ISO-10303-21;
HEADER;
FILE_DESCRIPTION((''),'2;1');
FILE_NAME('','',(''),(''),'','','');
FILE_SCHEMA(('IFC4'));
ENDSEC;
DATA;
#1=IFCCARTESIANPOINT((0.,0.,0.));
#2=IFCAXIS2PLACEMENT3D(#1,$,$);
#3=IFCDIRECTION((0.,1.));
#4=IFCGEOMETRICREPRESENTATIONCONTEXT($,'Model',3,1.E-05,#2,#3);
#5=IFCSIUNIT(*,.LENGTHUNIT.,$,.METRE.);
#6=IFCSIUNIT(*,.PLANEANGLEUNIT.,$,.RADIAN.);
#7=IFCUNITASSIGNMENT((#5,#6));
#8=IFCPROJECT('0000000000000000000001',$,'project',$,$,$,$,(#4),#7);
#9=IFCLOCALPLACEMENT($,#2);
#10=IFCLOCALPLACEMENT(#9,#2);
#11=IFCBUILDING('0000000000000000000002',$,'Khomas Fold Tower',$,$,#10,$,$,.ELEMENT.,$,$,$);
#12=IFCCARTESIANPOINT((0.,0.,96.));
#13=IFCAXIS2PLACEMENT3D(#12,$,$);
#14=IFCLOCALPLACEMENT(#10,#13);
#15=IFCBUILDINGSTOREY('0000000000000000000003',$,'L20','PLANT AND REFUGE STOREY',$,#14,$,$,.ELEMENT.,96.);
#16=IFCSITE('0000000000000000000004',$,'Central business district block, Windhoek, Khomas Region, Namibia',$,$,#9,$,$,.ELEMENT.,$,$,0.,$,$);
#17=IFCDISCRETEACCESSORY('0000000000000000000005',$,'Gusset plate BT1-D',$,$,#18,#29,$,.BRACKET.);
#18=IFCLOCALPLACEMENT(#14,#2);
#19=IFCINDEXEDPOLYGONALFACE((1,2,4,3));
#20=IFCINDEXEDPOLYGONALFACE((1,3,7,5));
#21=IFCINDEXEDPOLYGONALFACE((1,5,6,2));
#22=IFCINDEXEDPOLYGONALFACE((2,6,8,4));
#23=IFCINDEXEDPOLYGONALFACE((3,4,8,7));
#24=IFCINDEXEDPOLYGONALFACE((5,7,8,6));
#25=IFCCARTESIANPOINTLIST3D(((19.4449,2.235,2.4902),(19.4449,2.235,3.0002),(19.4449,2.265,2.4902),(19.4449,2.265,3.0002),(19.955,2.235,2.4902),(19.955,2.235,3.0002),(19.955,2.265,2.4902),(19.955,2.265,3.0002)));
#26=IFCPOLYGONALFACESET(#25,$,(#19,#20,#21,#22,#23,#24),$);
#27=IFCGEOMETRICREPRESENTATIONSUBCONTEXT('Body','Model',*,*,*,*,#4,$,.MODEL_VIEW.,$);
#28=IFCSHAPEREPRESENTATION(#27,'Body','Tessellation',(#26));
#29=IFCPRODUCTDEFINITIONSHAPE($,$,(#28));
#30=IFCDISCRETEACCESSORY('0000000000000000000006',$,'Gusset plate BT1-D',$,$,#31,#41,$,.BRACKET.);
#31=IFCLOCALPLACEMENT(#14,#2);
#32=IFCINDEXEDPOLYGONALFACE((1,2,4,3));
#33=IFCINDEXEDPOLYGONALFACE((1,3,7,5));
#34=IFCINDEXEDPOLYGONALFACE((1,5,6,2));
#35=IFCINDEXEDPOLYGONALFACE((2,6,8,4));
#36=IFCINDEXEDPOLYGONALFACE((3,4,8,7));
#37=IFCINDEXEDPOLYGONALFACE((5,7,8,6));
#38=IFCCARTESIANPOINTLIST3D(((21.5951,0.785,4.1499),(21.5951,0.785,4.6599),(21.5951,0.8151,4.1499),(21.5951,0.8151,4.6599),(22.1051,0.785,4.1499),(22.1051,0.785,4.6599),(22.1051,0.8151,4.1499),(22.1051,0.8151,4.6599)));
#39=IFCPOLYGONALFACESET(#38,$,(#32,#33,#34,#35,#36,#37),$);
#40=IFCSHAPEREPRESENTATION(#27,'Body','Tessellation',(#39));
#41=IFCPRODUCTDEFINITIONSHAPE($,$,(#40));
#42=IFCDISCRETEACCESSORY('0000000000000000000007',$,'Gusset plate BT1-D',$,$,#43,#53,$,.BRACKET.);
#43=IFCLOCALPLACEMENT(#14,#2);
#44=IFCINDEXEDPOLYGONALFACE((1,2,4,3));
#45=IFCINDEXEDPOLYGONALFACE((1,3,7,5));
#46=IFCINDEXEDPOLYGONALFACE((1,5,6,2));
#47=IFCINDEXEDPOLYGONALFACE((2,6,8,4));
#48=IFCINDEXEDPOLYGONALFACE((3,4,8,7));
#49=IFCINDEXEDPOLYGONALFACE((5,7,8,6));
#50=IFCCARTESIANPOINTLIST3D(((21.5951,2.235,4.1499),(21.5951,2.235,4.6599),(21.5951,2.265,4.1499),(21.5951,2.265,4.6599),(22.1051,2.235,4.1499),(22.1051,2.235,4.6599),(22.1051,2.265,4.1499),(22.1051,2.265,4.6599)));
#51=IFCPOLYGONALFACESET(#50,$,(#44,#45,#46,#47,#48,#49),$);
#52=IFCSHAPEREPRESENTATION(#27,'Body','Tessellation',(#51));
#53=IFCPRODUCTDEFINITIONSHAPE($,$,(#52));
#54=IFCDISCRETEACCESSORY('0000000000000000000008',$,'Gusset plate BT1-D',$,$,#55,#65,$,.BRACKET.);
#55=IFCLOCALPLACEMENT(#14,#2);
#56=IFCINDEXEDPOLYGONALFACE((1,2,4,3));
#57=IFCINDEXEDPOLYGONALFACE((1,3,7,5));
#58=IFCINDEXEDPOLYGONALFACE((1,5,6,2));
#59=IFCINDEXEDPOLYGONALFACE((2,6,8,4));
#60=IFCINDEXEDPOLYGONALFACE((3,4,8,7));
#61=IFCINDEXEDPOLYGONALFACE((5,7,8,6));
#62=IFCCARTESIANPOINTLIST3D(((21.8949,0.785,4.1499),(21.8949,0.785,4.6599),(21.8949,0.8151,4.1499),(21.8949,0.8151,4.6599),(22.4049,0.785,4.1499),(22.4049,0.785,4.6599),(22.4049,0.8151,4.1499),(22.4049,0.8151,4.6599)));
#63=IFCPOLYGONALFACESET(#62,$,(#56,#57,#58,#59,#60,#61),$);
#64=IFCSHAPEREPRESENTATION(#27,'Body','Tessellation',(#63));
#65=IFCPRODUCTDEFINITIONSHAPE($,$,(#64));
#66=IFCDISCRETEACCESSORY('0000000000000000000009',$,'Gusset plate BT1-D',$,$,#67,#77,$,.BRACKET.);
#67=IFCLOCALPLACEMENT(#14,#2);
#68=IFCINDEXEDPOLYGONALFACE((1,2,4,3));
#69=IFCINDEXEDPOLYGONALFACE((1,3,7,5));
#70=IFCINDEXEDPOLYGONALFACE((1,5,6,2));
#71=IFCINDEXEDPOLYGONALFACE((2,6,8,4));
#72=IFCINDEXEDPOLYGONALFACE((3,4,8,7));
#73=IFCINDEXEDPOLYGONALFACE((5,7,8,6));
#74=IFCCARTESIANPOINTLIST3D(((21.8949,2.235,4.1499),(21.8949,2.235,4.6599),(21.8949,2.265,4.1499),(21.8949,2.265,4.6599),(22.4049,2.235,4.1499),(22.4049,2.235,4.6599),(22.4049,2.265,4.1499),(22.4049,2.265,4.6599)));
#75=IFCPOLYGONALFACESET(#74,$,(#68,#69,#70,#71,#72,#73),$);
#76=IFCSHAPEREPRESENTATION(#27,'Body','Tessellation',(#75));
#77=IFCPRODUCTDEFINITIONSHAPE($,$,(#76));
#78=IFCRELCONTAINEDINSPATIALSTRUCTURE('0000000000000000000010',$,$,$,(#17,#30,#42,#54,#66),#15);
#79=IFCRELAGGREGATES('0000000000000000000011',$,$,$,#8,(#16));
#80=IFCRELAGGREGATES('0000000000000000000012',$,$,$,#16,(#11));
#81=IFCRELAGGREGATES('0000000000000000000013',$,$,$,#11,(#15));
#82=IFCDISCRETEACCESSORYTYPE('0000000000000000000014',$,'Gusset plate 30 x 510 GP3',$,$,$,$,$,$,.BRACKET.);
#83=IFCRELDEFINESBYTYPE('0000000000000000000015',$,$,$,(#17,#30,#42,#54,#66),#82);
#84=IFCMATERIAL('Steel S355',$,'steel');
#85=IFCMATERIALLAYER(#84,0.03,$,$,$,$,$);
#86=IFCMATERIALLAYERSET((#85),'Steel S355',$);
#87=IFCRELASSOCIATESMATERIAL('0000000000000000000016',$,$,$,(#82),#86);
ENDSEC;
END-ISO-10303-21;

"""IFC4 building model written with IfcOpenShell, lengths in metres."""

from ifc_helpers import new_model, si_unit, direction, frame, origin, origin_2d, place, context, subcontext, project, spatial, rectangle, extrude, source, transform, mapped, material, layer, layer_set, type_object, element, save


model = new_model("IFC4")

# Units and contexts
model_context = context("Model", 3, precision=1e-05, world=origin(), true_north=direction((0.0, 1.0)))
body_context = subcontext(model_context, "Body", "Model", "MODEL_VIEW")
ifc_project = project(units=[si_unit("LENGTHUNIT", "METRE"), si_unit("PLANEANGLEUNIT", "RADIAN")], contexts=[model_context])

# Site, building, storey
site_placement = place(None, origin())
site = spatial("IfcSite", under=ifc_project, at=site_placement, Name="Central business district block, Windhoek, Khomas Region, Namibia", CompositionType="ELEMENT", RefElevation=0.0)
building_placement = place(site_placement, origin())
building = spatial("IfcBuilding", under=site, at=building_placement, Name="Khomas Fold Tower", CompositionType="ELEMENT")
storey_placement = place(building_placement, frame((0.0, 0.0, 96.0)))
storey = spatial("IfcBuildingStorey", under=building, at=storey_placement, Name="L20", Description="PLANT AND REFUGE STOREY", CompositionType="ELEMENT", Elevation=96.0)

# Discrete accessories
ifc_material_1 = material(Name="Steel S355", Category="steel")
ifc_layer_1 = layer(ifc_material_1, 0.03)
ifc_layer_set_1 = layer_set([ifc_layer_1], Name="Steel S355")
discrete_accessory_type = type_object("IfcDiscreteAccessoryType", Name="Gusset plate 30 x 510 GP3", PredefinedType="BRACKET", material=ifc_layer_set_1)
shared_shape_1 = source(origin(), body_context, "Body", "SweptSolid", [
    extrude(rectangle(XDim=0.51, YDim=0.03, at=origin_2d()), origin(), (0.0, 0.0, 1.0), 0.51),
])
for number, where, z_axis, x_axis, name in (
    (1, (19.7, 2.25, 2.4902), (0.0, 0.0, 1.0), (1.0, 0.0, 0.0), "Gusset plate BT1-D"),
    (2, (21.8501, 0.8, 4.1499), (0.0, 0.0, 1.0), (1.0, 0.0, 0.0), "Gusset plate BT1-D"),
    (3, (21.8501, 2.25, 4.1499), (0.0, 0.0, 1.0), (1.0, 0.0, 0.0), "Gusset plate BT1-D"),
    (4, (22.1499, 0.8, 4.1499), (0.0, 0.0, 1.0), (1.0, 0.0, 0.0), "Gusset plate BT1-D"),
    (5, (22.1499, 2.25, 4.1499), (0.0, 0.0, 1.0), (1.0, 0.0, 0.0), "Gusset plate BT1-D"),
):
    element("IfcDiscreteAccessory", number, at=place(storey_placement, frame(where, z_axis=z_axis, x_axis=x_axis)), inside=storey, type_object=discrete_accessory_type, Name=name, PredefinedType="BRACKET", context=body_context, shape_type="MappedRepresentation", body=[
        mapped(shared_shape_1, transform((0.0, 0.0, 0.0))),
    ])

save(model, "model.ifc")
